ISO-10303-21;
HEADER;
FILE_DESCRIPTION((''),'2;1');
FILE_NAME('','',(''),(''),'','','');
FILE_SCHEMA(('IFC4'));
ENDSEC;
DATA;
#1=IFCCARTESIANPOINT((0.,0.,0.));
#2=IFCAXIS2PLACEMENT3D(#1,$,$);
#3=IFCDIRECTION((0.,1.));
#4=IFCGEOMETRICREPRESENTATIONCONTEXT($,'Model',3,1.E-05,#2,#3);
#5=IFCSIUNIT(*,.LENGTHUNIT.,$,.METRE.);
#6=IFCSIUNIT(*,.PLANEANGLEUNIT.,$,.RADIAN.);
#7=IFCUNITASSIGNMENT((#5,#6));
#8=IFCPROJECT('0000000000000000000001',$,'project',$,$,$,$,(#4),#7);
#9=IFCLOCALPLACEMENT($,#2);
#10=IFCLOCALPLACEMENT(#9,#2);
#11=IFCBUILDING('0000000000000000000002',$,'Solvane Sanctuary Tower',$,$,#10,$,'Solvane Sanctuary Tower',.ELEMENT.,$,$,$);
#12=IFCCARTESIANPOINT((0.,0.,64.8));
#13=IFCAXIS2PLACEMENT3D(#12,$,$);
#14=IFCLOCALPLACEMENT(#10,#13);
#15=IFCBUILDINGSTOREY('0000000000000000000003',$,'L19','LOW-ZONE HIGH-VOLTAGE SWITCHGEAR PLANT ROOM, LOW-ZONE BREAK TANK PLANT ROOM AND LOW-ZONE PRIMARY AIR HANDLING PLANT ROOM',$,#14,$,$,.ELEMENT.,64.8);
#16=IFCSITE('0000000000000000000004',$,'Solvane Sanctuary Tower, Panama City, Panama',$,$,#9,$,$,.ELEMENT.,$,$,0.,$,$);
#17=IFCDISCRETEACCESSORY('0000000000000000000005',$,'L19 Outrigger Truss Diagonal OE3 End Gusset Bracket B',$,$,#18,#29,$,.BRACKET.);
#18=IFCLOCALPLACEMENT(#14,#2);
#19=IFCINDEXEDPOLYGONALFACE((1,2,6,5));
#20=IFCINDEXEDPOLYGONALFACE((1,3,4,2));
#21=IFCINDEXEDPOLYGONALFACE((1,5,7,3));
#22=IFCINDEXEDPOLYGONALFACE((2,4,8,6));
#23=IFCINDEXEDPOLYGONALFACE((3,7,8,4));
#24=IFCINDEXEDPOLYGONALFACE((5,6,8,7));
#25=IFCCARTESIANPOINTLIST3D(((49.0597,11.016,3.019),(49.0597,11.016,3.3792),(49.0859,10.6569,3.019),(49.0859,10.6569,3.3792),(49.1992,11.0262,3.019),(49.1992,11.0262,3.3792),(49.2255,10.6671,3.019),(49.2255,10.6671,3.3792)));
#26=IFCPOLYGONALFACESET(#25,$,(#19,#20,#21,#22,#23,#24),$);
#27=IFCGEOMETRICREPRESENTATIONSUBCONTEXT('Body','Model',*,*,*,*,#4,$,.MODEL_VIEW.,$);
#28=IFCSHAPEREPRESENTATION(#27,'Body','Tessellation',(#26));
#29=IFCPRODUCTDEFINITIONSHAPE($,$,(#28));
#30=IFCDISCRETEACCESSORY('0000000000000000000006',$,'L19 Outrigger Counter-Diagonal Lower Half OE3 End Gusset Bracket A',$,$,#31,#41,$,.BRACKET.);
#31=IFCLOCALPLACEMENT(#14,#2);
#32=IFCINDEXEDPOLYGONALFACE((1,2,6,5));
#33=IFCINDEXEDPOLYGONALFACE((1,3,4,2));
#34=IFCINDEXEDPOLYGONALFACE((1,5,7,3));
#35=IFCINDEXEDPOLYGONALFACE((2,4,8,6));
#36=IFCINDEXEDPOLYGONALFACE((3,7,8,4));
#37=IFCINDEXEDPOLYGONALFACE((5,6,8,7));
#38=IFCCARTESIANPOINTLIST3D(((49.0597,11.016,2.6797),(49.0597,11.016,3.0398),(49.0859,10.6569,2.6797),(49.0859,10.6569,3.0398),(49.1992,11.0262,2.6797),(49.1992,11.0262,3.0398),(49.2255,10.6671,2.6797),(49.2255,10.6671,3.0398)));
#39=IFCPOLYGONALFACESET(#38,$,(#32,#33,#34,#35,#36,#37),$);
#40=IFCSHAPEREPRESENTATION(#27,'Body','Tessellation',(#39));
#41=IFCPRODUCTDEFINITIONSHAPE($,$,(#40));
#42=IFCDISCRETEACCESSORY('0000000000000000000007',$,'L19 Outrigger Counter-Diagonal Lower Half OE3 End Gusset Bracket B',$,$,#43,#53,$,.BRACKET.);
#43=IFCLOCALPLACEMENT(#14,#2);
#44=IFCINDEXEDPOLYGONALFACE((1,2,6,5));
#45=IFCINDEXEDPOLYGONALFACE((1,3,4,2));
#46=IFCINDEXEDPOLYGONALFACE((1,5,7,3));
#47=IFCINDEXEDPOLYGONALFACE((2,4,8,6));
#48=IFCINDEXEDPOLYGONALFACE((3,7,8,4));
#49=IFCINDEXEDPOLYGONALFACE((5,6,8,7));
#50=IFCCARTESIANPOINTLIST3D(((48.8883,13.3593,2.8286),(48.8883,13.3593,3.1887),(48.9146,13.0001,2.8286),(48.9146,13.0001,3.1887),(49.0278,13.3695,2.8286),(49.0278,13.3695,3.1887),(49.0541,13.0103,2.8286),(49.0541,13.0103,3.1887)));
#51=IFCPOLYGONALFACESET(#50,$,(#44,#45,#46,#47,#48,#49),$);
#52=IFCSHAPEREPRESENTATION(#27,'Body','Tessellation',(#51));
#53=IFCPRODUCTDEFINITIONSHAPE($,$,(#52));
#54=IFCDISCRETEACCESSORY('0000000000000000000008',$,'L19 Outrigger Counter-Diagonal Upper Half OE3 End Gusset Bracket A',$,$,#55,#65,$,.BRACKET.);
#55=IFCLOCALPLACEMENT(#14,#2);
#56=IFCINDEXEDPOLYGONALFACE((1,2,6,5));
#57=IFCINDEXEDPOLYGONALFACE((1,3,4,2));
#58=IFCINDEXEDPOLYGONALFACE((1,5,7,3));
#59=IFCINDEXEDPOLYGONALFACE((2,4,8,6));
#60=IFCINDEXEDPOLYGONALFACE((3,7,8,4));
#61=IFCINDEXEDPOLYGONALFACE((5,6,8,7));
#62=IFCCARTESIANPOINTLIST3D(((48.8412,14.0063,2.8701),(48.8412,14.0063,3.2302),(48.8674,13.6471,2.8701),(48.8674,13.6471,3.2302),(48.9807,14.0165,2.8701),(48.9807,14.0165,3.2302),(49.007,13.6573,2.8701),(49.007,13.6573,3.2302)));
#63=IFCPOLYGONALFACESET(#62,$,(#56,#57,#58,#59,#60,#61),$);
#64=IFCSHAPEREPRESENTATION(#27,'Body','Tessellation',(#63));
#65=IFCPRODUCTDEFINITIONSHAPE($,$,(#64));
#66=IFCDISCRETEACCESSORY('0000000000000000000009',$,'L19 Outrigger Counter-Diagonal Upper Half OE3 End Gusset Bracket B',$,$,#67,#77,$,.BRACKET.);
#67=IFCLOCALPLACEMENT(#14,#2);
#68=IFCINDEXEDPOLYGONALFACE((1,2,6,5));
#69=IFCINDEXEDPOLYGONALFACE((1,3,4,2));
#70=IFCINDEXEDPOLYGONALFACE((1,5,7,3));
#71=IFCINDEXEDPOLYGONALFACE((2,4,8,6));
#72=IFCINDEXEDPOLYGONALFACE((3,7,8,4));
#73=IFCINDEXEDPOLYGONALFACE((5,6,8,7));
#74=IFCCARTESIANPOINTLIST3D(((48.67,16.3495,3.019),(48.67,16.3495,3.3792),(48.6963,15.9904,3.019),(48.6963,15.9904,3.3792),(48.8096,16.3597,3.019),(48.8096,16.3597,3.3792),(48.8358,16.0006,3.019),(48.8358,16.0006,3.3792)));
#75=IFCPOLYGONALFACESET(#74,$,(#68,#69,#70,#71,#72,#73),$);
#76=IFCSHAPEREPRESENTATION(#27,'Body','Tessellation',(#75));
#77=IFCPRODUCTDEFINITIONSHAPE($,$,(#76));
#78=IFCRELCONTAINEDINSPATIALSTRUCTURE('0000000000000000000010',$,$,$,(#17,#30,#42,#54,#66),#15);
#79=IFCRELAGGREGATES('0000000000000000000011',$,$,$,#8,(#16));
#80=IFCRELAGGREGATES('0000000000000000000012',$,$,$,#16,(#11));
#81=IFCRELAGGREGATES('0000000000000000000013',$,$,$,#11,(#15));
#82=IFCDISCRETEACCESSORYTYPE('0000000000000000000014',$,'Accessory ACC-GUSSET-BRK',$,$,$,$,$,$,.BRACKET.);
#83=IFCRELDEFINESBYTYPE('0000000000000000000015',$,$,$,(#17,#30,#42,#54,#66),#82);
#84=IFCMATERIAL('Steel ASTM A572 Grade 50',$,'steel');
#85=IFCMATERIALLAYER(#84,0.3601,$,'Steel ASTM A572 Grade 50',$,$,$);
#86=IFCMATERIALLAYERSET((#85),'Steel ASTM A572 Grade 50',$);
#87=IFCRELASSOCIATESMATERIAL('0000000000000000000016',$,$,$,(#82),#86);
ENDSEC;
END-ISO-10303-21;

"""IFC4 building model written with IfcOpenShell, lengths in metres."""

from ifc_helpers import new_model, si_unit, direction, frame, origin, origin_2d, place, context, subcontext, project, spatial, rectangle, extrude, material, layer, layer_set, type_object, element, save


model = new_model("IFC4")

# Units and contexts
model_context = context("Model", 3, precision=1e-05, world=origin(), true_north=direction((0.0, 1.0)))
body_context = subcontext(model_context, "Body", "Model", "MODEL_VIEW")
ifc_project = project(units=[si_unit("LENGTHUNIT", "METRE"), si_unit("PLANEANGLEUNIT", "RADIAN")], contexts=[model_context])

# Site, building, storey
site_placement = place(None, origin())
site = spatial("IfcSite", under=ifc_project, at=site_placement, Name="Solvane Sanctuary Tower, Panama City, Panama", CompositionType="ELEMENT", RefElevation=0.0)
building_placement = place(site_placement, origin())
building = spatial("IfcBuilding", under=site, at=building_placement, Name="Solvane Sanctuary Tower", LongName="Solvane Sanctuary Tower", CompositionType="ELEMENT")
storey_placement = place(building_placement, frame((0.0, 0.0, 64.8)))
storey = spatial("IfcBuildingStorey", under=building, at=storey_placement, Name="L19", Description="LOW-ZONE HIGH-VOLTAGE SWITCHGEAR PLANT ROOM, LOW-ZONE BREAK TANK PLANT ROOM AND LOW-ZONE PRIMARY AIR HANDLING PLANT ROOM", CompositionType="ELEMENT", Elevation=64.8)

# Shared definitions
ifc_material_1 = material(Name="Steel ASTM A572 Grade 50", Category="steel")

# Discrete accessories
ifc_layer_1 = layer(ifc_material_1, 0.3601, Name="Steel ASTM A572 Grade 50")
ifc_layer_set_1 = layer_set([ifc_layer_1], Name="Steel ASTM A572 Grade 50")
discrete_accessory_type = type_object("IfcDiscreteAccessoryType", Name="Accessory ACC-GUSSET-BRK", PredefinedType="BRACKET", material=ifc_layer_set_1)
for number, where, z_axis, x_axis, name in (
    (1, (49.1426, 10.8416, 3.019), (0.0, 0.0, 1.0), (0.07289, -0.99734, 0.0), "L19 Outrigger Truss Diagonal OE3 End Gusset Bracket B"),
    (2, (49.1426, 10.8416, 2.6797), (0.0, 0.0, 1.0), (-0.07289, 0.99734, 0.0), "L19 Outrigger Counter-Diagonal Lower Half OE3 End Gusset Bracket A"),
    (3, (48.9712, 13.1848, 2.8286), (0.0, 0.0, 1.0), (-0.07289, 0.99734, 0.0), "L19 Outrigger Counter-Diagonal Lower Half OE3 End Gusset Bracket B"),
    (4, (48.9241, 13.8318, 2.8701), (0.0, 0.0, 1.0), (-0.07289, 0.99734, 0.0), "L19 Outrigger Counter-Diagonal Upper Half OE3 End Gusset Bracket A"),
    (5, (48.7529, 16.175, 3.019), (0.0, 0.0, 1.0), (-0.07289, 0.99734, 0.0), "L19 Outrigger Counter-Diagonal Upper Half OE3 End Gusset Bracket B"),
):
    element("IfcDiscreteAccessory", number, at=place(storey_placement, frame(where, z_axis=z_axis, x_axis=x_axis)), inside=storey, type_object=discrete_accessory_type, Name=name, PredefinedType="BRACKET", context=body_context, shape_type="SweptSolid", body=[
        extrude(rectangle(XDim=0.3601, YDim=0.1399, at=origin_2d()), origin(), (0.0, 0.0, 1.0), 0.3601),
    ])

save(model, "model.ifc")
